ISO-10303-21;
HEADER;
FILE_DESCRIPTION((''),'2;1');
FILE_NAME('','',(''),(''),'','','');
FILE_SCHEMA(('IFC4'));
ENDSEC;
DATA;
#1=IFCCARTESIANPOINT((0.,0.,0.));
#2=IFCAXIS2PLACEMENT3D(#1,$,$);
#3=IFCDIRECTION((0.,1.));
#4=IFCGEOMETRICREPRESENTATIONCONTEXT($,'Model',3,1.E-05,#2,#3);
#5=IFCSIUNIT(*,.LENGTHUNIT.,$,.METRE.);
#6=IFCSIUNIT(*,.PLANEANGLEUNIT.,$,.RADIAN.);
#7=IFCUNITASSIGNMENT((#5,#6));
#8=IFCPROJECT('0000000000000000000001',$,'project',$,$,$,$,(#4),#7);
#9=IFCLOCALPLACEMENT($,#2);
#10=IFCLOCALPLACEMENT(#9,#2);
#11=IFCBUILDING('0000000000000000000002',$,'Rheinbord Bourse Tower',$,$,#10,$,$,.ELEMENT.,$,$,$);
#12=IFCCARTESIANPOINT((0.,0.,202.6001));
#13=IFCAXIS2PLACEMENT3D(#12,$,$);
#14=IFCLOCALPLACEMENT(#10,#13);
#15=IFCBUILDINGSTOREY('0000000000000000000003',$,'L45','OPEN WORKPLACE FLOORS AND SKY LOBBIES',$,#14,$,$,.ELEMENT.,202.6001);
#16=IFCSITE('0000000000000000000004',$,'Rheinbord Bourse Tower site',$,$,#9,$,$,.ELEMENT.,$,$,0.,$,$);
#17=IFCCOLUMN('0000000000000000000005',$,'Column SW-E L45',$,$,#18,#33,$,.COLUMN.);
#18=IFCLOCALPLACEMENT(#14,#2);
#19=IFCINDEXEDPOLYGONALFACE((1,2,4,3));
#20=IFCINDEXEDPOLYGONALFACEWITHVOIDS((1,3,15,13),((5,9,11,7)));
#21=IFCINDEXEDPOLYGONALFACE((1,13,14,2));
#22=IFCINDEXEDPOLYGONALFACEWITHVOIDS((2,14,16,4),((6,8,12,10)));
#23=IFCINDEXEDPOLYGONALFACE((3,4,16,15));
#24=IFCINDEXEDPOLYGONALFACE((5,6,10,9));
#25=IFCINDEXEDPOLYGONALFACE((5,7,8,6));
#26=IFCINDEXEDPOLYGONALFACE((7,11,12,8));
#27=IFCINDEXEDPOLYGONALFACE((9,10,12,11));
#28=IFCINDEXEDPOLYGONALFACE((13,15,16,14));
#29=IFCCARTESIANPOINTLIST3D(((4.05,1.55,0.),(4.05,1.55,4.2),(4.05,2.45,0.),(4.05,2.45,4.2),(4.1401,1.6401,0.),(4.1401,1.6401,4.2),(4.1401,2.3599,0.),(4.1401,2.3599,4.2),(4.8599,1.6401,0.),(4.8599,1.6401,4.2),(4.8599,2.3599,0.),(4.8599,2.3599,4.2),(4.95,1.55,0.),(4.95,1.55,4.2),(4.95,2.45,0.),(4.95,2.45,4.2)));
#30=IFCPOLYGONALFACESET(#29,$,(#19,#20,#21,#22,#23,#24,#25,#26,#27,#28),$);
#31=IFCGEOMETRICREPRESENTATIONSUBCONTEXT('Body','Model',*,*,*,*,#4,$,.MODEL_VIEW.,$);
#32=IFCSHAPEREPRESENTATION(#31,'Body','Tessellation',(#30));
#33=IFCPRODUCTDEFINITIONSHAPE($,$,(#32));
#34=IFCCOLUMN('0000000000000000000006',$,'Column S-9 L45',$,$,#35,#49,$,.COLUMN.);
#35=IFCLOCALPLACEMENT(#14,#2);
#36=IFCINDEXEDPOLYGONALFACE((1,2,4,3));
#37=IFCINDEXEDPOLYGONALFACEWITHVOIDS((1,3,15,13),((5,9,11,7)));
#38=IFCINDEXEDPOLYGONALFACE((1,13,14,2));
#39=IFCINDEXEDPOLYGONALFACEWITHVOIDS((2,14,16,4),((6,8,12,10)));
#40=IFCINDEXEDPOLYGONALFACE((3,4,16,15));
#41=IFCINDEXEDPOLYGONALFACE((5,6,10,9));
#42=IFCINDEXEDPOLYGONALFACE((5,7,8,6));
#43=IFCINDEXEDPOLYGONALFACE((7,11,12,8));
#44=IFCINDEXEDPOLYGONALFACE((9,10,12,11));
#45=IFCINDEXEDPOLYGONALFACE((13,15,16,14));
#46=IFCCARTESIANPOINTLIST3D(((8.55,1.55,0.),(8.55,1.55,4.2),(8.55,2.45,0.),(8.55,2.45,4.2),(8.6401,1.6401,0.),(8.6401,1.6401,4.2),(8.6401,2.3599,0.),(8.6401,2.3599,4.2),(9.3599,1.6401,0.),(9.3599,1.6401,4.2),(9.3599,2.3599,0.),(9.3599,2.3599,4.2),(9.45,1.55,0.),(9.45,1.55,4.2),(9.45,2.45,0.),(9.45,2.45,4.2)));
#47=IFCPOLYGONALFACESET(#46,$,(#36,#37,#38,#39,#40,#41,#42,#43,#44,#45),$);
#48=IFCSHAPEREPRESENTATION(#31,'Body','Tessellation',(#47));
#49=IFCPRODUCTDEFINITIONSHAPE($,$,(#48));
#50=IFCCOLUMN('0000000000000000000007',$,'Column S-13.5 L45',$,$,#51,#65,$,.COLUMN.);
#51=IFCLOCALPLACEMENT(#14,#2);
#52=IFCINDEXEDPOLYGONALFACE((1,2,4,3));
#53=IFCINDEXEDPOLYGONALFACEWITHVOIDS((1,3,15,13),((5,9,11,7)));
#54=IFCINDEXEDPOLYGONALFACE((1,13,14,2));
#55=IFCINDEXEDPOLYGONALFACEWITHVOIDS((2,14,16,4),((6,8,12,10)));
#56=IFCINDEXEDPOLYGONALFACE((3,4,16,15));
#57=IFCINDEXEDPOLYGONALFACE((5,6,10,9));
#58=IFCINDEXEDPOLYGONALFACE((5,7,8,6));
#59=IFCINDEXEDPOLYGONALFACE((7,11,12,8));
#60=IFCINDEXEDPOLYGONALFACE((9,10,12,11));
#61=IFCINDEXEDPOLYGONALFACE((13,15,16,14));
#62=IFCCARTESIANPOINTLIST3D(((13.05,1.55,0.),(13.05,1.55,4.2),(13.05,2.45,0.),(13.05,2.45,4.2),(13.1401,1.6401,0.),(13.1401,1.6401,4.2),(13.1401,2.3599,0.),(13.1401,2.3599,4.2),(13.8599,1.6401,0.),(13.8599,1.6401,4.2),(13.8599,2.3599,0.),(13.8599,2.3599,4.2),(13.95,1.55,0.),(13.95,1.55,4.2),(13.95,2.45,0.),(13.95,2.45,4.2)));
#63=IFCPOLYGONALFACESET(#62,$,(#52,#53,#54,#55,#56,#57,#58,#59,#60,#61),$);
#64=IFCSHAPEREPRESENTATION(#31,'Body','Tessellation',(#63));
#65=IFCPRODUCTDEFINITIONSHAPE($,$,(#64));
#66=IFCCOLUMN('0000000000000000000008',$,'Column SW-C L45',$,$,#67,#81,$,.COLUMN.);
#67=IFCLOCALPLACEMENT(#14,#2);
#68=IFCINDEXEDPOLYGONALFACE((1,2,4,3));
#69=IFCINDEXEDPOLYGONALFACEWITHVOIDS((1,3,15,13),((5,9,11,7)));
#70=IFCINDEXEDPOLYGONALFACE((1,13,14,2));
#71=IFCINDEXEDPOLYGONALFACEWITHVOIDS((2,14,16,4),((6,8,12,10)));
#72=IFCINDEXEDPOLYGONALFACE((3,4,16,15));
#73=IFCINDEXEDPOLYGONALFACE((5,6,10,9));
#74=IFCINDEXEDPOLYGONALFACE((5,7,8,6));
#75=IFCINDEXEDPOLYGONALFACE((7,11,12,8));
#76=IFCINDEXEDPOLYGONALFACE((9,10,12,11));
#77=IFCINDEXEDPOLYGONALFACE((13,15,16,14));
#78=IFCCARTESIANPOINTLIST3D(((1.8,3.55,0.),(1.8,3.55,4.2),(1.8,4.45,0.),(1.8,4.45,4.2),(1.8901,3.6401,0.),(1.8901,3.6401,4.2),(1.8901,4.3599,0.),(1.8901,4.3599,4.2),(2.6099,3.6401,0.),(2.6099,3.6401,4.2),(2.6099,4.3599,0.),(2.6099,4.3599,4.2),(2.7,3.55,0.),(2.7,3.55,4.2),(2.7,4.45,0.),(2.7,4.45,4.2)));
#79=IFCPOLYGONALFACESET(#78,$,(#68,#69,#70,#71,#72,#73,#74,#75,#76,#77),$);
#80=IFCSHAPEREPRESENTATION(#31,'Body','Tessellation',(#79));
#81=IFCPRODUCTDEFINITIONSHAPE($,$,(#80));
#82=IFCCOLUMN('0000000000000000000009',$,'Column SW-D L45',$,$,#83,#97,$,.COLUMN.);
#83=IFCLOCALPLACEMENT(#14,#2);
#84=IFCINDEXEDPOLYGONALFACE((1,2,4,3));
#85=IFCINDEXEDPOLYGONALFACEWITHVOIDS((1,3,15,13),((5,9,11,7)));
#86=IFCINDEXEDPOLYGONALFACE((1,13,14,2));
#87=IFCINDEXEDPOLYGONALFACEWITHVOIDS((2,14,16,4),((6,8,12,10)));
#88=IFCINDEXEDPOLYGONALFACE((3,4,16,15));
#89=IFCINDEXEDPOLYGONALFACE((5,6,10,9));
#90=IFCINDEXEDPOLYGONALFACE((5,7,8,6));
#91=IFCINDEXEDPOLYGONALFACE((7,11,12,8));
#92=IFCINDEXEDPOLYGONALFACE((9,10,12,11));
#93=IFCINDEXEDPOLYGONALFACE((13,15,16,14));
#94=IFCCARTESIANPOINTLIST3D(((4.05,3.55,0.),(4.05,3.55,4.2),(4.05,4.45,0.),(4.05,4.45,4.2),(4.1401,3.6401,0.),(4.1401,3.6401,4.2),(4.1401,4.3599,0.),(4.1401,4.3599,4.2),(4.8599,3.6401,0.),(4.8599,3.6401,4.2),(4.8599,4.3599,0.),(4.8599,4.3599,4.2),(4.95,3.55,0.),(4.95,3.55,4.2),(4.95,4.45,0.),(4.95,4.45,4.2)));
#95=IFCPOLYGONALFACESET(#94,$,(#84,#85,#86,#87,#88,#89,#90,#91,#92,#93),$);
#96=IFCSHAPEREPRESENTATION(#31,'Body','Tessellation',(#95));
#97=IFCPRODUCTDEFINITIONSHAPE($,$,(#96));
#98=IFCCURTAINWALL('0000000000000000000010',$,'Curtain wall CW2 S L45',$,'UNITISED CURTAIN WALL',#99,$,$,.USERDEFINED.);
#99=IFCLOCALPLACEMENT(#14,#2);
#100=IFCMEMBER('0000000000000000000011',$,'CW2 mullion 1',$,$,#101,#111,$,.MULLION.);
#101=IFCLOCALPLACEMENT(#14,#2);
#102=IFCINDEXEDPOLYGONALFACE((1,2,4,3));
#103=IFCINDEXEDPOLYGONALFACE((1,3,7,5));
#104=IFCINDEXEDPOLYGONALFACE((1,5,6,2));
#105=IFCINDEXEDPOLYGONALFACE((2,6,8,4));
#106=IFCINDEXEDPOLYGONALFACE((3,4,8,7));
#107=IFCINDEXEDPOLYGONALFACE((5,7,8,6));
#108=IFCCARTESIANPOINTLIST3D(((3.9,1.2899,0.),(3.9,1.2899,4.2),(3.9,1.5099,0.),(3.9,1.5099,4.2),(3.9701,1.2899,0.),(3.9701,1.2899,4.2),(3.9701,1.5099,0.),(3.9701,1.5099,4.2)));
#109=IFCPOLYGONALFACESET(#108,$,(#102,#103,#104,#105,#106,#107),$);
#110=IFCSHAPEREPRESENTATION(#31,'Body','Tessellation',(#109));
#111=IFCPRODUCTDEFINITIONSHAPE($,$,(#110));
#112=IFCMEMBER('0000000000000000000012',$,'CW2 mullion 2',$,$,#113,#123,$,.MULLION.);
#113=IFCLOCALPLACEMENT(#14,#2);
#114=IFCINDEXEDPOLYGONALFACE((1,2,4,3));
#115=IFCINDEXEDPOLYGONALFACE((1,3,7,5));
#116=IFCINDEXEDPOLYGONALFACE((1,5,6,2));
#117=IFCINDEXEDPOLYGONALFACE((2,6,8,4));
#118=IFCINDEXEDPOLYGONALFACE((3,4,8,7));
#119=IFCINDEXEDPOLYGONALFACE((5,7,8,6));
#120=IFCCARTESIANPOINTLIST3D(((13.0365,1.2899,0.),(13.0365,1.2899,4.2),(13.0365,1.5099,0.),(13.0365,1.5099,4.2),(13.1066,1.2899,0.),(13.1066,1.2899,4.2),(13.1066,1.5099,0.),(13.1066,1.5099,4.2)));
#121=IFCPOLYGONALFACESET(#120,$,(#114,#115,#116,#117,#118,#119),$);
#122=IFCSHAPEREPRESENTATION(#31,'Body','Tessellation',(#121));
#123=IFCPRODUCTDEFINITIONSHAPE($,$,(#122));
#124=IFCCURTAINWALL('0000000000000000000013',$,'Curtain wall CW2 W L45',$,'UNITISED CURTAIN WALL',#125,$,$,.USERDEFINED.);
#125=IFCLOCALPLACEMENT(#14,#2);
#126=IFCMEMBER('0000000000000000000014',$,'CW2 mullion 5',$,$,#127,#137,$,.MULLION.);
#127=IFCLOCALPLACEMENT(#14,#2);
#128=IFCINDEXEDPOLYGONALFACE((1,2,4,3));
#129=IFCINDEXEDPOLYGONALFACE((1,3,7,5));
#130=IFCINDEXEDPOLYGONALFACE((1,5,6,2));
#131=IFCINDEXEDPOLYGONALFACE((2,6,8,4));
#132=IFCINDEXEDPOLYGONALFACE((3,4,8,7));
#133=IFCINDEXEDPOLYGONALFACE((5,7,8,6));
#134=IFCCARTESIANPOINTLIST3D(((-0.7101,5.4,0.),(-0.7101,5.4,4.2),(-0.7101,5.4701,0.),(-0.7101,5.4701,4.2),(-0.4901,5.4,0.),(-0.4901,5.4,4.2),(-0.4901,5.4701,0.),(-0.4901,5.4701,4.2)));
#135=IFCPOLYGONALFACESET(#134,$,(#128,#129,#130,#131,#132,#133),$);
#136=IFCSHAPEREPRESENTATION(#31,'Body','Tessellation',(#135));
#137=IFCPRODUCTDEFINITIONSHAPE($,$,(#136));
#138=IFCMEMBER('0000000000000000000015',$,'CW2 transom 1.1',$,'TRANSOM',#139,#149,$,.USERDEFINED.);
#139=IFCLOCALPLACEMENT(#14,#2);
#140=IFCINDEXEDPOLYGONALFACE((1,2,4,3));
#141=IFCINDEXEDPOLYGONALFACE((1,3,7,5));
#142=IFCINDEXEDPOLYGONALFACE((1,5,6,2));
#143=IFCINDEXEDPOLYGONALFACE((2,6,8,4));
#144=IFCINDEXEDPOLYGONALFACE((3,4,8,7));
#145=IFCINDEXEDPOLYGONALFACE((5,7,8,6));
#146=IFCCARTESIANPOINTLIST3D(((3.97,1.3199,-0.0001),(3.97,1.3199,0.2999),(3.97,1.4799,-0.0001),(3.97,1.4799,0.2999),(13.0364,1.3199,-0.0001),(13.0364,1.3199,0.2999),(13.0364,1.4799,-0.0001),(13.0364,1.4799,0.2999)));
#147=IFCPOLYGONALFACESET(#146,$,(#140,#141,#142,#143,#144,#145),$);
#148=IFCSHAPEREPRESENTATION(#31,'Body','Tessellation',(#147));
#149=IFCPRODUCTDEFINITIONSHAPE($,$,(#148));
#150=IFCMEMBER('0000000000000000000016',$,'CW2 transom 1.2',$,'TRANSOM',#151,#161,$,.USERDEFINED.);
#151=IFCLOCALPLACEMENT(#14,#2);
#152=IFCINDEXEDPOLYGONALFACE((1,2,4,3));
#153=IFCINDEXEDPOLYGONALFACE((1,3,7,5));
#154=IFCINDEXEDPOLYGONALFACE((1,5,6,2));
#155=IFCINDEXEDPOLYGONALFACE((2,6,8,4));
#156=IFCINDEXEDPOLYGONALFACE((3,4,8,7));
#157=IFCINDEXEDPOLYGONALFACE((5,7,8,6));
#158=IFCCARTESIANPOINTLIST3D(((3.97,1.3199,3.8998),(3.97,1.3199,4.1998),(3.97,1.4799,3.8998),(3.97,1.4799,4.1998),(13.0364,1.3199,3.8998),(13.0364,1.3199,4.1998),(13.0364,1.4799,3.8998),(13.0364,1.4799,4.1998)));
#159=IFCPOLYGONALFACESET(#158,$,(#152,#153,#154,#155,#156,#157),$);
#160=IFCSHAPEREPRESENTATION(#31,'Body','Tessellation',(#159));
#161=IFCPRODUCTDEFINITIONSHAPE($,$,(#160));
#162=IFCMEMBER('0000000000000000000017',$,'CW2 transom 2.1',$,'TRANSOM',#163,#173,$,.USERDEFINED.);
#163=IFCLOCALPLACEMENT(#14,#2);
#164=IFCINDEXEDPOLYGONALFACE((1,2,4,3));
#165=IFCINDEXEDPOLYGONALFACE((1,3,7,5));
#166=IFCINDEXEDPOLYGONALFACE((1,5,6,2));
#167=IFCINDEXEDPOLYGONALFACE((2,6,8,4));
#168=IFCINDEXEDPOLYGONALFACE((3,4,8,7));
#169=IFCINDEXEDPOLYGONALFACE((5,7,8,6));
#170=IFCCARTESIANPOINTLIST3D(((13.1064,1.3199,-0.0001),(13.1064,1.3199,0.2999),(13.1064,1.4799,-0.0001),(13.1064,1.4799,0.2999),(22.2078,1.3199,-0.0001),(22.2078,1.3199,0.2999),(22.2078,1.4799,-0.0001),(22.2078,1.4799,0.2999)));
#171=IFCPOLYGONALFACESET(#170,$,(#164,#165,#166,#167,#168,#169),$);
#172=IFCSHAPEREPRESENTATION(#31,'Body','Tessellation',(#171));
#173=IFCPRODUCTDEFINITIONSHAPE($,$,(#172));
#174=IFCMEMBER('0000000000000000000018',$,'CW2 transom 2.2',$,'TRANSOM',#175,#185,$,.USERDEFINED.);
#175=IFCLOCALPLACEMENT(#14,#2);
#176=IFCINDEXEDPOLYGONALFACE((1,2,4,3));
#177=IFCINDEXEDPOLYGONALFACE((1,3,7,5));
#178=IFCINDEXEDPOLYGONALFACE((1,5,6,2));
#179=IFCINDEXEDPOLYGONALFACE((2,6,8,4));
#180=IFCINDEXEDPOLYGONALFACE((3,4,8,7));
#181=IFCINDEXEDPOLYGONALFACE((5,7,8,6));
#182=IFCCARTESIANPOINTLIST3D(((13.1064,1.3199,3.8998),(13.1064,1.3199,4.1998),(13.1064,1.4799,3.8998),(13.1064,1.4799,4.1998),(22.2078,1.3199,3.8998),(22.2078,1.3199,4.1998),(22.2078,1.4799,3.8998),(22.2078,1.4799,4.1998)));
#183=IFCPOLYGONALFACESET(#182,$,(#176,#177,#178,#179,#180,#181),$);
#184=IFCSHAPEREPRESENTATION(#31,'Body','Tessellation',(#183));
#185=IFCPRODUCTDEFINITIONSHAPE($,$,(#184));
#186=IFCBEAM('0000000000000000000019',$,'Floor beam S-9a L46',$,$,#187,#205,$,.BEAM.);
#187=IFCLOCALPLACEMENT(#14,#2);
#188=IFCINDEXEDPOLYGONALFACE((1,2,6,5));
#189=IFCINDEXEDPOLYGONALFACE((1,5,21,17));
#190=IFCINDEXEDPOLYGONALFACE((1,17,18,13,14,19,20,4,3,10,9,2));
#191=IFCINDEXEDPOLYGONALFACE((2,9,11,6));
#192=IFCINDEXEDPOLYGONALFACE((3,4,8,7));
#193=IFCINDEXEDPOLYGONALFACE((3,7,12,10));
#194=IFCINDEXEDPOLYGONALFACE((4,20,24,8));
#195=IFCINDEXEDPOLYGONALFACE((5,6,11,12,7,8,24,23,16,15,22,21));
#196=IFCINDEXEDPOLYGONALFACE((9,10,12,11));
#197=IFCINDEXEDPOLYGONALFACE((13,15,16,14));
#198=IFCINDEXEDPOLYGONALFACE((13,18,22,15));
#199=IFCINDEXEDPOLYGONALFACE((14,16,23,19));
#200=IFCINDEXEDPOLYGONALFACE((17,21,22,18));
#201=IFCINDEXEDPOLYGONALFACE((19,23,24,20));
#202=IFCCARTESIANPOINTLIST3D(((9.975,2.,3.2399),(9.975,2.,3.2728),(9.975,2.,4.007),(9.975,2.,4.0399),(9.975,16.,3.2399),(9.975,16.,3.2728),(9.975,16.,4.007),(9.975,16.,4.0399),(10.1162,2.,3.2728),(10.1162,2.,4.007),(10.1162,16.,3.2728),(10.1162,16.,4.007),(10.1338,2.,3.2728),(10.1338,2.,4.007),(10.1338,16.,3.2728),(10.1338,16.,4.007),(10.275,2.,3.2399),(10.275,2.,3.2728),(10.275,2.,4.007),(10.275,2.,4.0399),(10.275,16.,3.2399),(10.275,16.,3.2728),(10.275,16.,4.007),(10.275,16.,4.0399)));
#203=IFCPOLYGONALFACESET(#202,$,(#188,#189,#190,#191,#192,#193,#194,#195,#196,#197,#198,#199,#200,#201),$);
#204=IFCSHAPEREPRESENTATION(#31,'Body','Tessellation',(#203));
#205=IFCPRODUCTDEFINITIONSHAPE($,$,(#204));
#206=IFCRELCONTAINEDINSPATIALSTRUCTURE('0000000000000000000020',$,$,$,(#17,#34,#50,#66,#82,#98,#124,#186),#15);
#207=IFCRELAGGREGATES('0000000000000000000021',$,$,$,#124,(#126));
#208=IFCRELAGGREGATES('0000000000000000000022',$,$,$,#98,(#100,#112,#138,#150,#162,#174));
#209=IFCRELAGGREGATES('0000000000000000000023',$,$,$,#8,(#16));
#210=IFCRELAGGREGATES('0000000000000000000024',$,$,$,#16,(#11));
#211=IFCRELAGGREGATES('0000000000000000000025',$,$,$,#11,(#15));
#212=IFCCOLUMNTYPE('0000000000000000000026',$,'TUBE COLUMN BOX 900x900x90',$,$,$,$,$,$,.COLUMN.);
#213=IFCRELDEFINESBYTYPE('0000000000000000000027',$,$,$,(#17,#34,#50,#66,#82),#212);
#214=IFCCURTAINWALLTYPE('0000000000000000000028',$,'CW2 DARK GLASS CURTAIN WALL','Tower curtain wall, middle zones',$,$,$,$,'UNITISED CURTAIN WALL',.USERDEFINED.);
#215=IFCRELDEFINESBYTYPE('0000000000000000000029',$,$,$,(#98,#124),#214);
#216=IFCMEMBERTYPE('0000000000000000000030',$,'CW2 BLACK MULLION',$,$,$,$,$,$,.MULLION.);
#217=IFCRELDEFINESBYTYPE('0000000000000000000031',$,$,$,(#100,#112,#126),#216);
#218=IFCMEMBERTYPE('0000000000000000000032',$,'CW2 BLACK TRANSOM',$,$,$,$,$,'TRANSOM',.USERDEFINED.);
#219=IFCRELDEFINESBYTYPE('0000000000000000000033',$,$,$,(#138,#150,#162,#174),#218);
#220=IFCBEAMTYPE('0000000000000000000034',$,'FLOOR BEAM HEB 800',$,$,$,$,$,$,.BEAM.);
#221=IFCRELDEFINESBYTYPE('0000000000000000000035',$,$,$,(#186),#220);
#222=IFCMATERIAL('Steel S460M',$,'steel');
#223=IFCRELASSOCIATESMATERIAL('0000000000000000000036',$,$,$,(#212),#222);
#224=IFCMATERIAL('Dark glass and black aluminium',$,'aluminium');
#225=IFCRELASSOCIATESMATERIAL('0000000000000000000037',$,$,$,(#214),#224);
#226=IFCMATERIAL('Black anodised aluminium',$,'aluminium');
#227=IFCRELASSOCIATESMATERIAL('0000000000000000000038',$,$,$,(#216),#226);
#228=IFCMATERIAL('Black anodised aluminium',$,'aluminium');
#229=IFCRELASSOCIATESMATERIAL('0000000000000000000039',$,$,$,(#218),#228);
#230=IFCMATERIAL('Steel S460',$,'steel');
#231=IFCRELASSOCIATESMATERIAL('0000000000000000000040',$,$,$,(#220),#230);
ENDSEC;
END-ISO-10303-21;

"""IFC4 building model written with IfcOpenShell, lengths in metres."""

from ifc_helpers import new_model, si_unit, direction, frame, origin, origin_2d, place, context, subcontext, project, spatial, rectangle, hollow_rectangle, i_section, extrude, material, material_profile, profile_set, type_object, element, aggregate, save


model = new_model("IFC4")

# Units and contexts
model_context = context("Model", 3, precision=1e-05, world=origin(), true_north=direction((0.0, 1.0)))
body_context = subcontext(model_context, "Body", "Model", "MODEL_VIEW")
ifc_project = project(units=[si_unit("LENGTHUNIT", "METRE"), si_unit("PLANEANGLEUNIT", "RADIAN")], contexts=[model_context])

# Site, building, storey
site_placement = place(None, origin())
site = spatial("IfcSite", under=ifc_project, at=site_placement, Name="Rheinbord Bourse Tower site", CompositionType="ELEMENT", RefElevation=0.0)
building_placement = place(site_placement, origin())
building = spatial("IfcBuilding", under=site, at=building_placement, Name="Rheinbord Bourse Tower", CompositionType="ELEMENT")
storey_placement = place(building_placement, frame((0.0, 0.0, 202.6001)))
storey = spatial("IfcBuildingStorey", under=building, at=storey_placement, Name="L45", Description="OPEN WORKPLACE FLOORS AND SKY LOBBIES", CompositionType="ELEMENT", Elevation=202.6001)

# Columns
ifc_material_1 = material(Name="Steel S460M", Category="steel")
ifc_material_profile_1 = material_profile(ifc_material_1, hollow_rectangle(XDim=0.8999, YDim=0.8999, WallThickness=0.0901, at=origin_2d()), Name="BOX 900x900x90")
ifc_profile_set_1 = profile_set([ifc_material_profile_1], Name="Steel S460M")
column_type = type_object("IfcColumnType", Name="TUBE COLUMN BOX 900x900x90", PredefinedType="COLUMN", material=ifc_profile_set_1)
for number, where, z_axis, x_axis, name in (
    (1, (4.5, 2.0, 0.0), (0.0, 0.0, 1.0), (0.0, 1.0, 0.0), "Column SW-E L45"),
    (2, (9.0, 2.0, 0.0), (0.0, 0.0, 1.0), (0.0, 1.0, 0.0), "Column S-9 L45"),
    (3, (13.5, 2.0, 0.0), (0.0, 0.0, 1.0), (0.0, 1.0, 0.0), "Column S-13.5 L45"),
    (4, (2.25, 4.0, 0.0), (0.0, 0.0, 1.0), (1.0, 0.0, 0.0), "Column SW-C L45"),
    (5, (4.5, 4.0, 0.0), (0.0, 0.0, 1.0), (0.0, 1.0, 0.0), "Column SW-D L45"),
):
    element("IfcColumn", number, at=place(storey_placement, frame(where, z_axis=z_axis, x_axis=x_axis)), inside=storey, type_object=column_type, Name=name, PredefinedType="COLUMN", context=body_context, shape_type="SweptSolid", body=[
        extrude(hollow_rectangle(XDim=0.8999, YDim=0.8999, WallThickness=0.0901, at=origin_2d()), origin(), (0.0, 0.0, 1.0), 4.2),
    ])

# Curtain wall, members
ifc_material_2 = material(Name="Dark glass and black aluminium", Category="aluminium")
curtain_wall_type = type_object("IfcCurtainWallType", Name="CW2 DARK GLASS CURTAIN WALL", Description="Tower curtain wall, middle zones", ElementType="UNITISED CURTAIN WALL", PredefinedType="USERDEFINED", material=ifc_material_2)
curtain_wall_1_placement = place(storey_placement, origin())
curtain_wall_1 = element("IfcCurtainWall", 6, at=curtain_wall_1_placement, inside=storey, type_object=curtain_wall_type, Name="Curtain wall CW2 S L45", ObjectType="UNITISED CURTAIN WALL", PredefinedType="USERDEFINED")
ifc_material_3 = material(Name="Black anodised aluminium", Category="aluminium")
ifc_material_profile_2 = material_profile(ifc_material_3, rectangle(XDim=0.22, YDim=0.0701, at=origin_2d()), Name="CW2 MULLION 70x220")
ifc_profile_set_2 = profile_set([ifc_material_profile_2], Name="Black anodised aluminium")
member_type_1 = type_object("IfcMemberType", Name="CW2 BLACK MULLION", PredefinedType="MULLION", material=ifc_profile_set_2)
member_1_placement = place(storey_placement, frame((3.9351, 1.3999, 0.0), z_axis=(0.0, 0.0, 1.0), x_axis=(0.0, 1.0, 0.0)))
member_1 = element("IfcMember", 7, at=member_1_placement, type_object=member_type_1, Name="CW2 mullion 1", PredefinedType="MULLION", context=body_context, shape_type="SweptSolid", body=[
    extrude(rectangle(XDim=0.22, YDim=0.0701, at=origin_2d()), origin(), (0.0, 0.0, 1.0), 4.2),
])
member_2_placement = place(storey_placement, frame((13.0715, 1.3999, 0.0), z_axis=(0.0, 0.0, 1.0), x_axis=(0.0, 1.0, 0.0)))
member_2 = element("IfcMember", 8, at=member_2_placement, type_object=member_type_1, Name="CW2 mullion 2", PredefinedType="MULLION", context=body_context, shape_type="SweptSolid", body=[
    extrude(rectangle(XDim=0.22, YDim=0.0701, at=origin_2d()), origin(), (0.0, 0.0, 1.0), 4.2),
])

# Curtain wall, member
curtain_wall_2_placement = place(storey_placement, origin())
curtain_wall_2 = element("IfcCurtainWall", 9, at=curtain_wall_2_placement, inside=storey, type_object=curtain_wall_type, Name="Curtain wall CW2 W L45", ObjectType="UNITISED CURTAIN WALL", PredefinedType="USERDEFINED")
member_3_placement = place(storey_placement, frame((-0.6001, 5.4351, 0.0), z_axis=(0.0, 0.0, 1.0), x_axis=(1.0, 0.0, 0.0)))
member_3 = element("IfcMember", 10, at=member_3_placement, type_object=member_type_1, Name="CW2 mullion 5", PredefinedType="MULLION", context=body_context, shape_type="SweptSolid", body=[
    extrude(rectangle(XDim=0.22, YDim=0.0701, at=origin_2d()), origin(), (0.0, 0.0, 1.0), 4.2),
])
aggregate(curtain_wall_2, [member_3])

# Members
ifc_material_4 = material(Name="Black anodised aluminium", Category="aluminium")
ifc_material_profile_3 = material_profile(ifc_material_4, rectangle(XDim=0.1599, YDim=0.3, at=origin_2d()), Name="CW2 TRANSOM 300x160")
ifc_profile_set_3 = profile_set([ifc_material_profile_3], Name="Black anodised aluminium")
member_type_2 = type_object("IfcMemberType", Name="CW2 BLACK TRANSOM", ElementType="TRANSOM", PredefinedType="USERDEFINED", material=ifc_profile_set_3)
member_4_placement = place(storey_placement, frame((3.97, 1.3999, 0.1499), z_axis=(1.0, 0.0, 0.0), x_axis=(0.0, 1.0, 0.0)))
member_4 = element("IfcMember", 11, at=member_4_placement, type_object=member_type_2, Name="CW2 transom 1.1", ObjectType="TRANSOM", PredefinedType="USERDEFINED", context=body_context, shape_type="SweptSolid", body=[
    extrude(rectangle(XDim=0.1599, YDim=0.3, at=origin_2d()), origin(), (0.0, 0.0, 1.0), 9.0664),
])
member_5_placement = place(storey_placement, frame((3.97, 1.3999, 4.0498), z_axis=(1.0, 0.0, 0.0), x_axis=(0.0, 1.0, 0.0)))
member_5 = element("IfcMember", 12, at=member_5_placement, type_object=member_type_2, Name="CW2 transom 1.2", ObjectType="TRANSOM", PredefinedType="USERDEFINED", context=body_context, shape_type="SweptSolid", body=[
    extrude(rectangle(XDim=0.1599, YDim=0.3, at=origin_2d()), origin(), (0.0, 0.0, 1.0), 9.0664),
])
member_6_placement = place(storey_placement, frame((13.1064, 1.3999, 0.1499), z_axis=(1.0, 0.0, 0.0), x_axis=(0.0, 1.0, 0.0)))
member_6 = element("IfcMember", 13, at=member_6_placement, type_object=member_type_2, Name="CW2 transom 2.1", ObjectType="TRANSOM", PredefinedType="USERDEFINED", context=body_context, shape_type="SweptSolid", body=[
    extrude(rectangle(XDim=0.1599, YDim=0.3, at=origin_2d()), origin(), (0.0, 0.0, 1.0), 9.1013),
])
member_7_placement = place(storey_placement, frame((13.1064, 1.3999, 4.0498), z_axis=(1.0, 0.0, 0.0), x_axis=(0.0, 1.0, 0.0)))
member_7 = element("IfcMember", 14, at=member_7_placement, type_object=member_type_2, Name="CW2 transom 2.2", ObjectType="TRANSOM", PredefinedType="USERDEFINED", context=body_context, shape_type="SweptSolid", body=[
    extrude(rectangle(XDim=0.1599, YDim=0.3, at=origin_2d()), origin(), (0.0, 0.0, 1.0), 9.1013),
])

# Beam
ifc_material_5 = material(Name="Steel S460", Category="steel")
ifc_material_profile_4 = material_profile(ifc_material_5, i_section(OverallWidth=0.3, OverallDepth=0.8, WebThickness=0.0176, FlangeThickness=0.033, at=origin_2d()), Name="HEB 800")
ifc_profile_set_4 = profile_set([ifc_material_profile_4], Name="Steel S460")
beam_type_1 = type_object("IfcBeamType", Name="FLOOR BEAM HEB 800", PredefinedType="BEAM", material=ifc_profile_set_4)
for number, where, z_axis, x_axis, name in (
    (15, (10.125, 2.0, 3.6399), (0.0, 1.0, 0.0), (-1.0, 0.0, 0.0), "Floor beam S-9a L46"),
):
    element("IfcBeam", number, at=place(storey_placement, frame(where, z_axis=z_axis, x_axis=x_axis)), inside=storey, type_object=beam_type_1, Name=name, PredefinedType="BEAM", context=body_context, shape_type="SweptSolid", body=[
        extrude(i_section(OverallWidth=0.3, OverallDepth=0.8, WebThickness=0.0176, FlangeThickness=0.033, at=origin_2d()), origin(), (0.0, 0.0, 1.0), 14.0),
    ])

aggregate(curtain_wall_1, [member_1, member_2, member_4, member_5, member_6, member_7])

save(model, "model.ifc")
